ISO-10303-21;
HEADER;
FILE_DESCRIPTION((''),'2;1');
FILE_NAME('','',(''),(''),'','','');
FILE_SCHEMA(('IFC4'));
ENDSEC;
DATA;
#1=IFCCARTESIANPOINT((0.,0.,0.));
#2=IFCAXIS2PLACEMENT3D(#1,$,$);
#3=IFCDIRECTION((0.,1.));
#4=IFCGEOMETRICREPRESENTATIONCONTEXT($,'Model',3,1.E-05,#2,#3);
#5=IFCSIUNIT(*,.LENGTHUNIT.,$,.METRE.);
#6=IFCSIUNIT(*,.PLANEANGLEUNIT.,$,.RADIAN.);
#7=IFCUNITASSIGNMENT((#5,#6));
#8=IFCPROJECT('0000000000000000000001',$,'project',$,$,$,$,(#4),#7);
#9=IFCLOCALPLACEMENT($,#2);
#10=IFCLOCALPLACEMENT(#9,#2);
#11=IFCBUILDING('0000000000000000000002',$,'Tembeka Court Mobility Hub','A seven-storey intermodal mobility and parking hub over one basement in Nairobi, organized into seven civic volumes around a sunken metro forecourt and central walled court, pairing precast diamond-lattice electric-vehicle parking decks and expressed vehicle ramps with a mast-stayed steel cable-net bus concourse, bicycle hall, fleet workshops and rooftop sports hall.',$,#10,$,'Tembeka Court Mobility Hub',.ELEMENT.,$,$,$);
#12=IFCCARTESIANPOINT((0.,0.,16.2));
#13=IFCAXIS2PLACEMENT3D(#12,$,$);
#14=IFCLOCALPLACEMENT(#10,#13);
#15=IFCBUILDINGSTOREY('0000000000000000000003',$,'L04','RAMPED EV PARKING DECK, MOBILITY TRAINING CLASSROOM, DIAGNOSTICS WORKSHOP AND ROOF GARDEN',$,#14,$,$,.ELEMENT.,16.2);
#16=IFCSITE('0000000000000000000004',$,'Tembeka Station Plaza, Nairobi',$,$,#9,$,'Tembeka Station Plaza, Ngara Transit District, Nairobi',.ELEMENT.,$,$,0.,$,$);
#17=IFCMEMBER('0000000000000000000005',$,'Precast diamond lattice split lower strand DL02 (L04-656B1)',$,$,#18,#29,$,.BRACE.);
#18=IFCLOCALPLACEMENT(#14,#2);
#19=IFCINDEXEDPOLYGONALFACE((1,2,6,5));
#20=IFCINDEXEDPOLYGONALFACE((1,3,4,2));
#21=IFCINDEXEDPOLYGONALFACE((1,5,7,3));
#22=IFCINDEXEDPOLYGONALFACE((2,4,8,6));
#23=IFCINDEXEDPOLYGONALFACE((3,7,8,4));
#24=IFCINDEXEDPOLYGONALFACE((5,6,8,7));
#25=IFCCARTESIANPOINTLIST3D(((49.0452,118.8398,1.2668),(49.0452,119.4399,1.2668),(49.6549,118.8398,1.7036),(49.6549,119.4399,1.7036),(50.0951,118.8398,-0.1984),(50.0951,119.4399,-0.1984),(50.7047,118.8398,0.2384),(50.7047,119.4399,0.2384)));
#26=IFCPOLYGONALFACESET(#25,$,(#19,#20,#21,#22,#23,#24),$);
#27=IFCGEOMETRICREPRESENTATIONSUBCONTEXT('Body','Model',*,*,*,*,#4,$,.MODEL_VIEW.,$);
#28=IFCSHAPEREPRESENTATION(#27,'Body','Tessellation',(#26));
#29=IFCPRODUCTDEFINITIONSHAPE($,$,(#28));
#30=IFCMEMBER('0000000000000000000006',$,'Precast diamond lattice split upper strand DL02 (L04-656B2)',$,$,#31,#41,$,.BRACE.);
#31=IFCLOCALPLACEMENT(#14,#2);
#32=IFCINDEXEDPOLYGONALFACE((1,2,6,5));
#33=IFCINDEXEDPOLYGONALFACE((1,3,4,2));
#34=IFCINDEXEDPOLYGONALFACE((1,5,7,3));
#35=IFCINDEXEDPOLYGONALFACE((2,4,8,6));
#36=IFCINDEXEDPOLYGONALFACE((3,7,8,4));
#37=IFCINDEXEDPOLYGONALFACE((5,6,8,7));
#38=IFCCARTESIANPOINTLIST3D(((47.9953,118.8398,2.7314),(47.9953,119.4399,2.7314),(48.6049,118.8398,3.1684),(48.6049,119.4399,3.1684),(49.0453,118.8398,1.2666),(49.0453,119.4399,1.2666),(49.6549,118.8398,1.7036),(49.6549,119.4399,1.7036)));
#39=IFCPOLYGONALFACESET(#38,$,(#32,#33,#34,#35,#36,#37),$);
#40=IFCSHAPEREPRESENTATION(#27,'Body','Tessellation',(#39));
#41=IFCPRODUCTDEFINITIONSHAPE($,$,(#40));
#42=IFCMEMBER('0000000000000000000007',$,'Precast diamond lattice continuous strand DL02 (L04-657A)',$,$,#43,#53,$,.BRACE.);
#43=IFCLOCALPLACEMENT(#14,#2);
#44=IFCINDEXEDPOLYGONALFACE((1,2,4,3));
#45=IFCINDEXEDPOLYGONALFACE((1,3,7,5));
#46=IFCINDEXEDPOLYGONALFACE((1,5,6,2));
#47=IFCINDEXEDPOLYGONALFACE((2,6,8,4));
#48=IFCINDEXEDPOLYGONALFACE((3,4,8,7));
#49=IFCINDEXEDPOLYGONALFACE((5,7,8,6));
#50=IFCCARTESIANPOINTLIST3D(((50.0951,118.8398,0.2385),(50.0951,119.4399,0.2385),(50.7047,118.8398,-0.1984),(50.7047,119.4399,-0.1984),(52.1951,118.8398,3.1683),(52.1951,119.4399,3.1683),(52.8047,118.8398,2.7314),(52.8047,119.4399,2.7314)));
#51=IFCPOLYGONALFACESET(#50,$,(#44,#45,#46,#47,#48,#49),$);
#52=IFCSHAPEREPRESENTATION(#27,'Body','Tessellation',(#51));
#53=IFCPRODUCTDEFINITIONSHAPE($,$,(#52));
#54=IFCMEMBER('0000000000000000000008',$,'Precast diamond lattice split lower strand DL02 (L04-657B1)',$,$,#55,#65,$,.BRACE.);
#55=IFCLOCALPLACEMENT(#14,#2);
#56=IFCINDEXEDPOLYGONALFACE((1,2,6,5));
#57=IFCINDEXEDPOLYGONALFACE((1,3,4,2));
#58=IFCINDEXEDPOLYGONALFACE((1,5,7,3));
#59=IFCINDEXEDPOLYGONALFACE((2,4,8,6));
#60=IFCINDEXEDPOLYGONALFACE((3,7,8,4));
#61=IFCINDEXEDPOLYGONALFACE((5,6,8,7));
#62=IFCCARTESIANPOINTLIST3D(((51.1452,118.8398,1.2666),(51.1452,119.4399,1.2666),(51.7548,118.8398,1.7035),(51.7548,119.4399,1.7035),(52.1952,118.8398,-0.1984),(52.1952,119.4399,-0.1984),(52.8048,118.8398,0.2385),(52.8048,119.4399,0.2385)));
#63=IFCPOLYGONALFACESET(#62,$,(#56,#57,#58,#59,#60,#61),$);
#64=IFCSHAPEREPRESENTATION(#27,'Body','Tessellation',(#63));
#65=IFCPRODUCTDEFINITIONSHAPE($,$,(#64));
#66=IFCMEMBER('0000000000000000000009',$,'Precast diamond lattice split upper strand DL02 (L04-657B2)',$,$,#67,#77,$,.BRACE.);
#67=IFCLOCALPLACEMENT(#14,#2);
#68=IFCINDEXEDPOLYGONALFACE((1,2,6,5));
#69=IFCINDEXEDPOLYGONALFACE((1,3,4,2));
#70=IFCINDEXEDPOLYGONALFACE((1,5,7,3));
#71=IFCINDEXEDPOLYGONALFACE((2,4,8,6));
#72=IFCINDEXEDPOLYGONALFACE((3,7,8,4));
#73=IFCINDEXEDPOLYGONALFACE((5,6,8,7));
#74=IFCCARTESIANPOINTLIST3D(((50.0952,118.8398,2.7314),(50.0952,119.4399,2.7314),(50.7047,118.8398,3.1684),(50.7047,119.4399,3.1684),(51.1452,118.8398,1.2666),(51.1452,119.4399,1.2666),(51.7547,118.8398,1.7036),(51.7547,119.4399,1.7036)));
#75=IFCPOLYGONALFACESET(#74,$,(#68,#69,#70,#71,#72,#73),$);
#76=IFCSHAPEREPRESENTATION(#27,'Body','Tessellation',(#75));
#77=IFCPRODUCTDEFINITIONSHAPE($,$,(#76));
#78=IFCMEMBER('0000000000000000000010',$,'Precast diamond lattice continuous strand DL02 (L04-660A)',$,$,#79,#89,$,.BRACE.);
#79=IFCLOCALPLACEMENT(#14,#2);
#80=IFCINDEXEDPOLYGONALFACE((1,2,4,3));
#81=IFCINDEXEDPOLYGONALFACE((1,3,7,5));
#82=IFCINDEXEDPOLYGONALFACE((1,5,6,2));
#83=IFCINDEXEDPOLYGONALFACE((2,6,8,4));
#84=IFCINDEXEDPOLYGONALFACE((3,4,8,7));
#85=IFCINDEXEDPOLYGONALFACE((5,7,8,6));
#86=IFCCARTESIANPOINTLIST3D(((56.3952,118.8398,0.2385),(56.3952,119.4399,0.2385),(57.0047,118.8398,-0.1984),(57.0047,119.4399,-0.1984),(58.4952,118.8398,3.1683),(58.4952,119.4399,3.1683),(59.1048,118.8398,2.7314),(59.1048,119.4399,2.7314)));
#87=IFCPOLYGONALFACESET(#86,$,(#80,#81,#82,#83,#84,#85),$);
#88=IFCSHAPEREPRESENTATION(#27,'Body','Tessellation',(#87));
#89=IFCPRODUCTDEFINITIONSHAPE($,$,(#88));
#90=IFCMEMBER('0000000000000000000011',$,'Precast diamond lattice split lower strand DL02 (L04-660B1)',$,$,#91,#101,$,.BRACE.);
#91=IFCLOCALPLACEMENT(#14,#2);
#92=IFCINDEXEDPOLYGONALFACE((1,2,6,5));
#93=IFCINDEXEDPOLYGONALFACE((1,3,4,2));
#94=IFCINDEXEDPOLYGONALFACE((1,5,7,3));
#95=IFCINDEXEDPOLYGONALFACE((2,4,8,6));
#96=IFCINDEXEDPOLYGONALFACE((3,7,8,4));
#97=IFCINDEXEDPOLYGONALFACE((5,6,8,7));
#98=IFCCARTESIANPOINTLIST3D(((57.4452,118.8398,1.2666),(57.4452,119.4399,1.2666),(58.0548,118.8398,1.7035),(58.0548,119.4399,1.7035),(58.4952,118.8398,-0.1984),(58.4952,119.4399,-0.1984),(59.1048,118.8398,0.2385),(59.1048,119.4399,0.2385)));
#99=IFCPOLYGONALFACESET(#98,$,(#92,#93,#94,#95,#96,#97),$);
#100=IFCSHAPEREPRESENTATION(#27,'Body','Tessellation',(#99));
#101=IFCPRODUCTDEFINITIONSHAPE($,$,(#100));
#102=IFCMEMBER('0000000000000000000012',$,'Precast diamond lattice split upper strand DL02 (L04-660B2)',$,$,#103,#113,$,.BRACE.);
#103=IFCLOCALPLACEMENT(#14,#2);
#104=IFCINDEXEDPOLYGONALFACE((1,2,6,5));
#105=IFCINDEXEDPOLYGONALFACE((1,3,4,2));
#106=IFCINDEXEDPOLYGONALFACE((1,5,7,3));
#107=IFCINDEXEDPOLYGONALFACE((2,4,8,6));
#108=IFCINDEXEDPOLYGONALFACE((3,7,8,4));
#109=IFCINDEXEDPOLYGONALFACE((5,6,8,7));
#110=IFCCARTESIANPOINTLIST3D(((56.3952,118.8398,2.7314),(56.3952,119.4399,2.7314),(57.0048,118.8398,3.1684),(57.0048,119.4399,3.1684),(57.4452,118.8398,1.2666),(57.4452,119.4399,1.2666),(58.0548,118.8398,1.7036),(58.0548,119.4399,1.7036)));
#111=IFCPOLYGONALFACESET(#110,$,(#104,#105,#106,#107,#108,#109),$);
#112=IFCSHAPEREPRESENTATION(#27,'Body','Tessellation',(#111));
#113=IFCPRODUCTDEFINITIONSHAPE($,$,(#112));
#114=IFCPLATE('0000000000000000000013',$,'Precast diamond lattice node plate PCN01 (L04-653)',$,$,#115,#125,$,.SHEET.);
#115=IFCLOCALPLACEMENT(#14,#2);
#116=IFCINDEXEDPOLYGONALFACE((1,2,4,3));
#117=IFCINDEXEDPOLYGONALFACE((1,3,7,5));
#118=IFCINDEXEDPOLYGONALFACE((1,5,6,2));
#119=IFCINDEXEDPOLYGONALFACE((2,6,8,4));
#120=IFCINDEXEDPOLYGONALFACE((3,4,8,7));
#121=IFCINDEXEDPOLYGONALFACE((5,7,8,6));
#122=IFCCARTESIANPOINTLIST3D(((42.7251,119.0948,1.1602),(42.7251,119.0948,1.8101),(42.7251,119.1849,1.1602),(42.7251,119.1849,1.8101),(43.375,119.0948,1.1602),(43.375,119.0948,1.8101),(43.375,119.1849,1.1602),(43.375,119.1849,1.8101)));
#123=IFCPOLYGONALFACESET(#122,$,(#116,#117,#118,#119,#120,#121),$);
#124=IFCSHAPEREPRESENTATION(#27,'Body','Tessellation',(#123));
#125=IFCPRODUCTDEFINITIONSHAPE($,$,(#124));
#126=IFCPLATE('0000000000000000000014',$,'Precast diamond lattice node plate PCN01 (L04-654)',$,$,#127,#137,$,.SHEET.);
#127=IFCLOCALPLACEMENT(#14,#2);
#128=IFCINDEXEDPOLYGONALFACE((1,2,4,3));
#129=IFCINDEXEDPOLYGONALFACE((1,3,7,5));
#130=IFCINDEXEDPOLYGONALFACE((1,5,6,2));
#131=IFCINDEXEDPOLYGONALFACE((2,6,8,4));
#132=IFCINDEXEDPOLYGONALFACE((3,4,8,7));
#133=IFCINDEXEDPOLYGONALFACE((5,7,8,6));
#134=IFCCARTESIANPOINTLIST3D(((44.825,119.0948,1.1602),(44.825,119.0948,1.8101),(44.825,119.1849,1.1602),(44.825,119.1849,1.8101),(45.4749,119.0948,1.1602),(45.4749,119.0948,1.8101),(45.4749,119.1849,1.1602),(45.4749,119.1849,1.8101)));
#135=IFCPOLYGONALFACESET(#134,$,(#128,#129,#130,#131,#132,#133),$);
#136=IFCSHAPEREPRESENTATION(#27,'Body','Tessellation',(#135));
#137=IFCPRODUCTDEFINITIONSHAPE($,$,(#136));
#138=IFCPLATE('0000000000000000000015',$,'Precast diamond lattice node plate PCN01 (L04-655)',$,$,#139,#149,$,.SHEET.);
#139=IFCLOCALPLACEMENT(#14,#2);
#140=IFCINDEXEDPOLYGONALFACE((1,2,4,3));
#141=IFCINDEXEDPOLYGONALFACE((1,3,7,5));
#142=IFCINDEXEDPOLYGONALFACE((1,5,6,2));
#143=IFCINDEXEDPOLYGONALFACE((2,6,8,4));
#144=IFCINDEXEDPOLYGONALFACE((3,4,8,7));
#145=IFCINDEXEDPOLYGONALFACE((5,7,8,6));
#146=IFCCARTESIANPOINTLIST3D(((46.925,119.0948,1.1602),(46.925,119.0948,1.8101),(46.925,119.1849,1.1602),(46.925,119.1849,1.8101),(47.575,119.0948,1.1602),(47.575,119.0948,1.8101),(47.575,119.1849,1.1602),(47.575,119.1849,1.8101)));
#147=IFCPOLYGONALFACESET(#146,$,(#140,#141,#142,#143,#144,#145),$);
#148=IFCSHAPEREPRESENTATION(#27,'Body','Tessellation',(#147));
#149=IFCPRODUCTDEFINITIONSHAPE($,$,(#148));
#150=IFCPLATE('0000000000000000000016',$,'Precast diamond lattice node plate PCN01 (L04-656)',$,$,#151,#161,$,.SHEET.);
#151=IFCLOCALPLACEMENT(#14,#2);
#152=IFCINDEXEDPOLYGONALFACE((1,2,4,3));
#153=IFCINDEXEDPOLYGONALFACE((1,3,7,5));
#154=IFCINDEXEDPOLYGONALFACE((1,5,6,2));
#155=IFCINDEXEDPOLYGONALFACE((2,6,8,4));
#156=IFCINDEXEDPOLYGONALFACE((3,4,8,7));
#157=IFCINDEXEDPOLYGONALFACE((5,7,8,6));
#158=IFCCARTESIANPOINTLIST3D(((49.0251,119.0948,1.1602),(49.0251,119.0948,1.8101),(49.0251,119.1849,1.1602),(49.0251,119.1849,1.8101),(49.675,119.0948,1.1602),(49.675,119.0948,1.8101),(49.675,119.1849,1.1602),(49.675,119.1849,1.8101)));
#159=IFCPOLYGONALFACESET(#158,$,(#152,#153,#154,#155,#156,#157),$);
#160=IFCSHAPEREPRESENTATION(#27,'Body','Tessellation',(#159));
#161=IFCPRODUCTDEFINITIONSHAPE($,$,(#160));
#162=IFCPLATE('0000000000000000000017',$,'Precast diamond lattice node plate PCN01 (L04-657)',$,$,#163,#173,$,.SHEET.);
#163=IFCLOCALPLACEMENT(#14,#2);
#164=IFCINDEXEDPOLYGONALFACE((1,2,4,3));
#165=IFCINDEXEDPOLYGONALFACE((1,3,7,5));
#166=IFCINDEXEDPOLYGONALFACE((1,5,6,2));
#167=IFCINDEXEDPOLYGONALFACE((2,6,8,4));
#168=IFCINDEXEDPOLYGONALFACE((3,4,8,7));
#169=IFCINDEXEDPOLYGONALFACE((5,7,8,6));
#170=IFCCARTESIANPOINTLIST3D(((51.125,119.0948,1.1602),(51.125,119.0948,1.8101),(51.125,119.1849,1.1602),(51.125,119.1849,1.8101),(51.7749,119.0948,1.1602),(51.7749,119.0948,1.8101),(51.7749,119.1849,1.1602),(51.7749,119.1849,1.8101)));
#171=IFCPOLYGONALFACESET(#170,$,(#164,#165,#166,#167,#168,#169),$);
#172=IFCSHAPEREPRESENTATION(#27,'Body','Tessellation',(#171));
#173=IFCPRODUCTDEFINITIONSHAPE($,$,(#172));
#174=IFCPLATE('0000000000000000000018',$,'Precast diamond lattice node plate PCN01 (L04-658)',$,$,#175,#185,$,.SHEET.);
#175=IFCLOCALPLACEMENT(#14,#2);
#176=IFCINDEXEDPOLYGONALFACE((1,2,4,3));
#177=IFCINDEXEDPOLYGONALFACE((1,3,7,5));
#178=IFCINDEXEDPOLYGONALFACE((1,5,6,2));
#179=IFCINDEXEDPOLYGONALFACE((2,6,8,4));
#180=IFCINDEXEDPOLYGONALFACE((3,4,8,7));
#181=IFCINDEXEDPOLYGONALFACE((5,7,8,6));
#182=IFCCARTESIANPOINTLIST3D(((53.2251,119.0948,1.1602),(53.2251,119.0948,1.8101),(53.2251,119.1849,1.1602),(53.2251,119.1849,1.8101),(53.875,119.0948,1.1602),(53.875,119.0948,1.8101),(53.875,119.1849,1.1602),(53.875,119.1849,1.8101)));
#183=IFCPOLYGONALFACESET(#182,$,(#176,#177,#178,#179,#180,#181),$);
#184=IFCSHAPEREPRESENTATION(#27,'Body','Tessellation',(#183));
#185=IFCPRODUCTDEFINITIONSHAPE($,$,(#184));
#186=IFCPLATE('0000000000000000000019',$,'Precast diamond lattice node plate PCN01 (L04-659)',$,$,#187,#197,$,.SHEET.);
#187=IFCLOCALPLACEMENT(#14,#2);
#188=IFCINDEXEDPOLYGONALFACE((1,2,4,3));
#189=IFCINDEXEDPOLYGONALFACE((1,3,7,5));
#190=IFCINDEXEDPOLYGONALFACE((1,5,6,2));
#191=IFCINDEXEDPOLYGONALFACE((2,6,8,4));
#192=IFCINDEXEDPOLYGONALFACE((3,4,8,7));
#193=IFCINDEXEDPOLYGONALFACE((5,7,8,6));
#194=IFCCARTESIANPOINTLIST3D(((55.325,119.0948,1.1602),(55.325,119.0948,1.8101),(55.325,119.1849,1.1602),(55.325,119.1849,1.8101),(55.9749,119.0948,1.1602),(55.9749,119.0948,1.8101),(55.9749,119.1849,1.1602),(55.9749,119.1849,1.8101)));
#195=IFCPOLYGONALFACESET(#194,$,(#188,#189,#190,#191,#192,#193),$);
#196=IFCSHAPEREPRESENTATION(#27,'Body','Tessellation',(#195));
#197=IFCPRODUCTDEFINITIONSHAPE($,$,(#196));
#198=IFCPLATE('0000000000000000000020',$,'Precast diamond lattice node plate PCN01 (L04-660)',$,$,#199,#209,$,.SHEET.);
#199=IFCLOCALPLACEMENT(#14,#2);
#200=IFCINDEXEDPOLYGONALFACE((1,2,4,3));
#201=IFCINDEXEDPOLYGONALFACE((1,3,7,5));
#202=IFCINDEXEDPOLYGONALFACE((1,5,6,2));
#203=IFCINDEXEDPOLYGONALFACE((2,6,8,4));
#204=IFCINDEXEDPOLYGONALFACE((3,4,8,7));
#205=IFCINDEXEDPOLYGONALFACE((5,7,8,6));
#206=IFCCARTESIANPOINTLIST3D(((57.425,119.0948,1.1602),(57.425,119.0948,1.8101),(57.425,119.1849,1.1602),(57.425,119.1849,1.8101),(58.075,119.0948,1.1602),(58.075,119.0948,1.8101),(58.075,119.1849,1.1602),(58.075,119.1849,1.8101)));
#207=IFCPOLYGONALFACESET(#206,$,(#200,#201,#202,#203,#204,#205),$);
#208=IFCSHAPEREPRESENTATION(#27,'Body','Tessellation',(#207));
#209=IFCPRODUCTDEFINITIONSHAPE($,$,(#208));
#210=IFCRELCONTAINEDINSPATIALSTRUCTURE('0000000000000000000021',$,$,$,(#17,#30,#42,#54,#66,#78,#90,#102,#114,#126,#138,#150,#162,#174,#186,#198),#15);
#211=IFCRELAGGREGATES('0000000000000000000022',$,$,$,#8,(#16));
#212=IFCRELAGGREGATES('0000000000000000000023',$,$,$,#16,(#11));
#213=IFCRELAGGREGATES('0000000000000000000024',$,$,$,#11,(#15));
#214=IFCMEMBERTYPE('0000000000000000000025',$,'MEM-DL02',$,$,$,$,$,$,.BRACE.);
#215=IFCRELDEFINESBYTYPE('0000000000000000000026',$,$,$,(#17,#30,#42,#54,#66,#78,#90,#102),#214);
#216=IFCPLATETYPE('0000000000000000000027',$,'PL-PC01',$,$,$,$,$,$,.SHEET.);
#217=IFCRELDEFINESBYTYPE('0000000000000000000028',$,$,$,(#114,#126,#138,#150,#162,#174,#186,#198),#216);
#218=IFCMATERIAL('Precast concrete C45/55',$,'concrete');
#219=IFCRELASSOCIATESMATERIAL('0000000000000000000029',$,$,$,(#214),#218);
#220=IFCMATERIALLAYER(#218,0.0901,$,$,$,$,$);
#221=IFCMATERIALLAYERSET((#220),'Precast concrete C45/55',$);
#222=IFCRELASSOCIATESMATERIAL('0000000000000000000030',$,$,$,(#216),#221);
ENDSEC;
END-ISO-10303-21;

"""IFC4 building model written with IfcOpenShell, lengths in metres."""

from ifc_helpers import new_model, si_unit, direction, frame, origin, origin_2d, place, context, subcontext, project, spatial, rectangle, extrude, material, layer, layer_set, material_profile, profile_set, type_object, element, save


model = new_model("IFC4")

# Units and contexts
model_context = context("Model", 3, precision=1e-05, world=origin(), true_north=direction((0.0, 1.0)))
body_context = subcontext(model_context, "Body", "Model", "MODEL_VIEW")
ifc_project = project(units=[si_unit("LENGTHUNIT", "METRE"), si_unit("PLANEANGLEUNIT", "RADIAN")], contexts=[model_context])

# Site, building, storey
site_placement = place(None, origin())
site = spatial("IfcSite", under=ifc_project, at=site_placement, Name="Tembeka Station Plaza, Nairobi", LongName="Tembeka Station Plaza, Ngara Transit District, Nairobi", CompositionType="ELEMENT", RefElevation=0.0)
building_placement = place(site_placement, origin())
building = spatial("IfcBuilding", under=site, at=building_placement, Name="Tembeka Court Mobility Hub", Description="A seven-storey intermodal mobility and parking hub over one basement in Nairobi, organized into seven civic volumes around a sunken metro forecourt and central walled court, pairing precast diamond-lattice electric-vehicle parking decks and expressed vehicle ramps with a mast-stayed steel cable-net bus concourse, bicycle hall, fleet workshops and rooftop sports hall.", LongName="Tembeka Court Mobility Hub", CompositionType="ELEMENT")
storey_placement = place(building_placement, frame((0.0, 0.0, 16.2)))
storey = spatial("IfcBuildingStorey", under=building, at=storey_placement, Name="L04", Description="RAMPED EV PARKING DECK, MOBILITY TRAINING CLASSROOM, DIAGNOSTICS WORKSHOP AND ROOF GARDEN", CompositionType="ELEMENT", Elevation=16.2)

# Members
ifc_material = material(Name="Precast concrete C45/55", Category="concrete")
ifc_material_profile_1 = material_profile(ifc_material, rectangle(XDim=0.6001, YDim=0.75, at=origin_2d()), Name="PC-DIAG 600x750")
ifc_profile_set_1 = profile_set([ifc_material_profile_1], Name="Precast concrete C45/55")
member_type_1 = type_object("IfcMemberType", Name="MEM-DL02", PredefinedType="BRACE", material=ifc_profile_set_1)
member_1_placement = place(storey_placement, frame((50.3999, 119.1399, 0.02), z_axis=(-0.582455, 0.0, 0.812863), x_axis=(0.0, -1.0, 0.0)))
element("IfcMember", 1, at=member_1_placement, inside=storey, type_object=member_type_1, Name="Precast diamond lattice split lower strand DL02 (L04-656B1)", PredefinedType="BRACE", context=body_context, shape_type="SweptSolid", body=[
    extrude(rectangle(XDim=0.6001, YDim=0.75, at=origin_2d()), origin(), (0.0, 0.0, 1.0), 1.8025),
])
member_2_placement = place(storey_placement, frame((49.3501, 119.1399, 1.4851), z_axis=(-0.582608, 0.0, 0.812753), x_axis=(0.0, -1.0, 0.0)))
element("IfcMember", 2, at=member_2_placement, inside=storey, type_object=member_type_1, Name="Precast diamond lattice split upper strand DL02 (L04-656B2)", PredefinedType="BRACE", context=body_context, shape_type="SweptSolid", body=[
    extrude(rectangle(XDim=0.6001, YDim=0.75, at=origin_2d()), origin(), (0.0, 0.0, 1.0), 1.8022),
])
member_3_placement = place(storey_placement, frame((50.3999, 119.1399, 0.02), z_axis=(0.582576, 0.0, 0.812776), x_axis=(0.0, 1.0, 0.0)))
element("IfcMember", 3, at=member_3_placement, inside=storey, type_object=member_type_1, Name="Precast diamond lattice continuous strand DL02 (L04-657A)", PredefinedType="BRACE", context=body_context, shape_type="SweptSolid", body=[
    extrude(rectangle(XDim=0.6001, YDim=0.75, at=origin_2d()), origin(), (0.0, 0.0, 1.0), 3.6047),
])
member_4_placement = place(storey_placement, frame((52.5, 119.1399, 0.02), z_axis=(-0.582544, 0.0, 0.812799), x_axis=(0.0, -1.0, 0.0)))
element("IfcMember", 4, at=member_4_placement, inside=storey, type_object=member_type_1, Name="Precast diamond lattice split lower strand DL02 (L04-657B1)", PredefinedType="BRACE", context=body_context, shape_type="SweptSolid", body=[
    extrude(rectangle(XDim=0.6001, YDim=0.75, at=origin_2d()), origin(), (0.0, 0.0, 1.0), 1.8025),
])
member_5_placement = place(storey_placement, frame((51.45, 119.1399, 1.4851), z_axis=(-0.582608, 0.0, 0.812753), x_axis=(0.0, -1.0, 0.0)))
element("IfcMember", 5, at=member_5_placement, inside=storey, type_object=member_type_1, Name="Precast diamond lattice split upper strand DL02 (L04-657B2)", PredefinedType="BRACE", context=body_context, shape_type="SweptSolid", body=[
    extrude(rectangle(XDim=0.6001, YDim=0.75, at=origin_2d()), origin(), (0.0, 0.0, 1.0), 1.8022),
])
member_6_placement = place(storey_placement, frame((56.7, 119.1399, 0.02), z_axis=(0.582576, 0.0, 0.812776), x_axis=(0.0, 1.0, 0.0)))
element("IfcMember", 6, at=member_6_placement, inside=storey, type_object=member_type_1, Name="Precast diamond lattice continuous strand DL02 (L04-660A)", PredefinedType="BRACE", context=body_context, shape_type="SweptSolid", body=[
    extrude(rectangle(XDim=0.6001, YDim=0.75, at=origin_2d()), origin(), (0.0, 0.0, 1.0), 3.6047),
])
member_7_placement = place(storey_placement, frame((58.8, 119.1399, 0.02), z_axis=(-0.582544, 0.0, 0.812799), x_axis=(0.0, -1.0, 0.0)))
element("IfcMember", 7, at=member_7_placement, inside=storey, type_object=member_type_1, Name="Precast diamond lattice split lower strand DL02 (L04-660B1)", PredefinedType="BRACE", context=body_context, shape_type="SweptSolid", body=[
    extrude(rectangle(XDim=0.6001, YDim=0.75, at=origin_2d()), origin(), (0.0, 0.0, 1.0), 1.8025),
])
member_8_placement = place(storey_placement, frame((57.75, 119.1399, 1.4851), z_axis=(-0.582608, 0.0, 0.812753), x_axis=(0.0, -1.0, 0.0)))
element("IfcMember", 8, at=member_8_placement, inside=storey, type_object=member_type_1, Name="Precast diamond lattice split upper strand DL02 (L04-660B2)", PredefinedType="BRACE", context=body_context, shape_type="SweptSolid", body=[
    extrude(rectangle(XDim=0.6001, YDim=0.75, at=origin_2d()), origin(), (0.0, 0.0, 1.0), 1.8022),
])

# Plates
ifc_layer = layer(ifc_material, 0.0901)
ifc_layer_set = layer_set([ifc_layer], Name="Precast concrete C45/55")
plate_type = type_object("IfcPlateType", Name="PL-PC01", PredefinedType="SHEET", material=ifc_layer_set)
for number, where, z_axis, x_axis, name in (
    (9, (43.05, 119.1399, 1.1602), (0.0, 0.0, 1.0), (1.0, 0.0, 0.0), "Precast diamond lattice node plate PCN01 (L04-653)"),
    (10, (45.1499, 119.1399, 1.1602), (0.0, 0.0, 1.0), (1.0, 0.0, 0.0), "Precast diamond lattice node plate PCN01 (L04-654)"),
    (11, (47.25, 119.1399, 1.1602), (0.0, 0.0, 1.0), (1.0, 0.0, 0.0), "Precast diamond lattice node plate PCN01 (L04-655)"),
    (12, (49.3501, 119.1399, 1.1602), (0.0, 0.0, 1.0), (1.0, 0.0, 0.0), "Precast diamond lattice node plate PCN01 (L04-656)"),
    (13, (51.45, 119.1399, 1.1602), (0.0, 0.0, 1.0), (1.0, 0.0, 0.0), "Precast diamond lattice node plate PCN01 (L04-657)"),
    (14, (53.55, 119.1399, 1.1602), (0.0, 0.0, 1.0), (1.0, 0.0, 0.0), "Precast diamond lattice node plate PCN01 (L04-658)"),
    (15, (55.6499, 119.1399, 1.1602), (0.0, 0.0, 1.0), (1.0, 0.0, 0.0), "Precast diamond lattice node plate PCN01 (L04-659)"),
    (16, (57.75, 119.1399, 1.1602), (0.0, 0.0, 1.0), (1.0, 0.0, 0.0), "Precast diamond lattice node plate PCN01 (L04-660)"),
):
    element("IfcPlate", number, at=place(storey_placement, frame(where, z_axis=z_axis, x_axis=x_axis)), inside=storey, type_object=plate_type, Name=name, PredefinedType="SHEET", context=body_context, shape_type="SweptSolid", body=[
        extrude(rectangle(XDim=0.6499, YDim=0.0901, at=origin_2d()), origin(), (0.0, 0.0, 1.0), 0.6499),
    ])

save(model, "model.ifc")
